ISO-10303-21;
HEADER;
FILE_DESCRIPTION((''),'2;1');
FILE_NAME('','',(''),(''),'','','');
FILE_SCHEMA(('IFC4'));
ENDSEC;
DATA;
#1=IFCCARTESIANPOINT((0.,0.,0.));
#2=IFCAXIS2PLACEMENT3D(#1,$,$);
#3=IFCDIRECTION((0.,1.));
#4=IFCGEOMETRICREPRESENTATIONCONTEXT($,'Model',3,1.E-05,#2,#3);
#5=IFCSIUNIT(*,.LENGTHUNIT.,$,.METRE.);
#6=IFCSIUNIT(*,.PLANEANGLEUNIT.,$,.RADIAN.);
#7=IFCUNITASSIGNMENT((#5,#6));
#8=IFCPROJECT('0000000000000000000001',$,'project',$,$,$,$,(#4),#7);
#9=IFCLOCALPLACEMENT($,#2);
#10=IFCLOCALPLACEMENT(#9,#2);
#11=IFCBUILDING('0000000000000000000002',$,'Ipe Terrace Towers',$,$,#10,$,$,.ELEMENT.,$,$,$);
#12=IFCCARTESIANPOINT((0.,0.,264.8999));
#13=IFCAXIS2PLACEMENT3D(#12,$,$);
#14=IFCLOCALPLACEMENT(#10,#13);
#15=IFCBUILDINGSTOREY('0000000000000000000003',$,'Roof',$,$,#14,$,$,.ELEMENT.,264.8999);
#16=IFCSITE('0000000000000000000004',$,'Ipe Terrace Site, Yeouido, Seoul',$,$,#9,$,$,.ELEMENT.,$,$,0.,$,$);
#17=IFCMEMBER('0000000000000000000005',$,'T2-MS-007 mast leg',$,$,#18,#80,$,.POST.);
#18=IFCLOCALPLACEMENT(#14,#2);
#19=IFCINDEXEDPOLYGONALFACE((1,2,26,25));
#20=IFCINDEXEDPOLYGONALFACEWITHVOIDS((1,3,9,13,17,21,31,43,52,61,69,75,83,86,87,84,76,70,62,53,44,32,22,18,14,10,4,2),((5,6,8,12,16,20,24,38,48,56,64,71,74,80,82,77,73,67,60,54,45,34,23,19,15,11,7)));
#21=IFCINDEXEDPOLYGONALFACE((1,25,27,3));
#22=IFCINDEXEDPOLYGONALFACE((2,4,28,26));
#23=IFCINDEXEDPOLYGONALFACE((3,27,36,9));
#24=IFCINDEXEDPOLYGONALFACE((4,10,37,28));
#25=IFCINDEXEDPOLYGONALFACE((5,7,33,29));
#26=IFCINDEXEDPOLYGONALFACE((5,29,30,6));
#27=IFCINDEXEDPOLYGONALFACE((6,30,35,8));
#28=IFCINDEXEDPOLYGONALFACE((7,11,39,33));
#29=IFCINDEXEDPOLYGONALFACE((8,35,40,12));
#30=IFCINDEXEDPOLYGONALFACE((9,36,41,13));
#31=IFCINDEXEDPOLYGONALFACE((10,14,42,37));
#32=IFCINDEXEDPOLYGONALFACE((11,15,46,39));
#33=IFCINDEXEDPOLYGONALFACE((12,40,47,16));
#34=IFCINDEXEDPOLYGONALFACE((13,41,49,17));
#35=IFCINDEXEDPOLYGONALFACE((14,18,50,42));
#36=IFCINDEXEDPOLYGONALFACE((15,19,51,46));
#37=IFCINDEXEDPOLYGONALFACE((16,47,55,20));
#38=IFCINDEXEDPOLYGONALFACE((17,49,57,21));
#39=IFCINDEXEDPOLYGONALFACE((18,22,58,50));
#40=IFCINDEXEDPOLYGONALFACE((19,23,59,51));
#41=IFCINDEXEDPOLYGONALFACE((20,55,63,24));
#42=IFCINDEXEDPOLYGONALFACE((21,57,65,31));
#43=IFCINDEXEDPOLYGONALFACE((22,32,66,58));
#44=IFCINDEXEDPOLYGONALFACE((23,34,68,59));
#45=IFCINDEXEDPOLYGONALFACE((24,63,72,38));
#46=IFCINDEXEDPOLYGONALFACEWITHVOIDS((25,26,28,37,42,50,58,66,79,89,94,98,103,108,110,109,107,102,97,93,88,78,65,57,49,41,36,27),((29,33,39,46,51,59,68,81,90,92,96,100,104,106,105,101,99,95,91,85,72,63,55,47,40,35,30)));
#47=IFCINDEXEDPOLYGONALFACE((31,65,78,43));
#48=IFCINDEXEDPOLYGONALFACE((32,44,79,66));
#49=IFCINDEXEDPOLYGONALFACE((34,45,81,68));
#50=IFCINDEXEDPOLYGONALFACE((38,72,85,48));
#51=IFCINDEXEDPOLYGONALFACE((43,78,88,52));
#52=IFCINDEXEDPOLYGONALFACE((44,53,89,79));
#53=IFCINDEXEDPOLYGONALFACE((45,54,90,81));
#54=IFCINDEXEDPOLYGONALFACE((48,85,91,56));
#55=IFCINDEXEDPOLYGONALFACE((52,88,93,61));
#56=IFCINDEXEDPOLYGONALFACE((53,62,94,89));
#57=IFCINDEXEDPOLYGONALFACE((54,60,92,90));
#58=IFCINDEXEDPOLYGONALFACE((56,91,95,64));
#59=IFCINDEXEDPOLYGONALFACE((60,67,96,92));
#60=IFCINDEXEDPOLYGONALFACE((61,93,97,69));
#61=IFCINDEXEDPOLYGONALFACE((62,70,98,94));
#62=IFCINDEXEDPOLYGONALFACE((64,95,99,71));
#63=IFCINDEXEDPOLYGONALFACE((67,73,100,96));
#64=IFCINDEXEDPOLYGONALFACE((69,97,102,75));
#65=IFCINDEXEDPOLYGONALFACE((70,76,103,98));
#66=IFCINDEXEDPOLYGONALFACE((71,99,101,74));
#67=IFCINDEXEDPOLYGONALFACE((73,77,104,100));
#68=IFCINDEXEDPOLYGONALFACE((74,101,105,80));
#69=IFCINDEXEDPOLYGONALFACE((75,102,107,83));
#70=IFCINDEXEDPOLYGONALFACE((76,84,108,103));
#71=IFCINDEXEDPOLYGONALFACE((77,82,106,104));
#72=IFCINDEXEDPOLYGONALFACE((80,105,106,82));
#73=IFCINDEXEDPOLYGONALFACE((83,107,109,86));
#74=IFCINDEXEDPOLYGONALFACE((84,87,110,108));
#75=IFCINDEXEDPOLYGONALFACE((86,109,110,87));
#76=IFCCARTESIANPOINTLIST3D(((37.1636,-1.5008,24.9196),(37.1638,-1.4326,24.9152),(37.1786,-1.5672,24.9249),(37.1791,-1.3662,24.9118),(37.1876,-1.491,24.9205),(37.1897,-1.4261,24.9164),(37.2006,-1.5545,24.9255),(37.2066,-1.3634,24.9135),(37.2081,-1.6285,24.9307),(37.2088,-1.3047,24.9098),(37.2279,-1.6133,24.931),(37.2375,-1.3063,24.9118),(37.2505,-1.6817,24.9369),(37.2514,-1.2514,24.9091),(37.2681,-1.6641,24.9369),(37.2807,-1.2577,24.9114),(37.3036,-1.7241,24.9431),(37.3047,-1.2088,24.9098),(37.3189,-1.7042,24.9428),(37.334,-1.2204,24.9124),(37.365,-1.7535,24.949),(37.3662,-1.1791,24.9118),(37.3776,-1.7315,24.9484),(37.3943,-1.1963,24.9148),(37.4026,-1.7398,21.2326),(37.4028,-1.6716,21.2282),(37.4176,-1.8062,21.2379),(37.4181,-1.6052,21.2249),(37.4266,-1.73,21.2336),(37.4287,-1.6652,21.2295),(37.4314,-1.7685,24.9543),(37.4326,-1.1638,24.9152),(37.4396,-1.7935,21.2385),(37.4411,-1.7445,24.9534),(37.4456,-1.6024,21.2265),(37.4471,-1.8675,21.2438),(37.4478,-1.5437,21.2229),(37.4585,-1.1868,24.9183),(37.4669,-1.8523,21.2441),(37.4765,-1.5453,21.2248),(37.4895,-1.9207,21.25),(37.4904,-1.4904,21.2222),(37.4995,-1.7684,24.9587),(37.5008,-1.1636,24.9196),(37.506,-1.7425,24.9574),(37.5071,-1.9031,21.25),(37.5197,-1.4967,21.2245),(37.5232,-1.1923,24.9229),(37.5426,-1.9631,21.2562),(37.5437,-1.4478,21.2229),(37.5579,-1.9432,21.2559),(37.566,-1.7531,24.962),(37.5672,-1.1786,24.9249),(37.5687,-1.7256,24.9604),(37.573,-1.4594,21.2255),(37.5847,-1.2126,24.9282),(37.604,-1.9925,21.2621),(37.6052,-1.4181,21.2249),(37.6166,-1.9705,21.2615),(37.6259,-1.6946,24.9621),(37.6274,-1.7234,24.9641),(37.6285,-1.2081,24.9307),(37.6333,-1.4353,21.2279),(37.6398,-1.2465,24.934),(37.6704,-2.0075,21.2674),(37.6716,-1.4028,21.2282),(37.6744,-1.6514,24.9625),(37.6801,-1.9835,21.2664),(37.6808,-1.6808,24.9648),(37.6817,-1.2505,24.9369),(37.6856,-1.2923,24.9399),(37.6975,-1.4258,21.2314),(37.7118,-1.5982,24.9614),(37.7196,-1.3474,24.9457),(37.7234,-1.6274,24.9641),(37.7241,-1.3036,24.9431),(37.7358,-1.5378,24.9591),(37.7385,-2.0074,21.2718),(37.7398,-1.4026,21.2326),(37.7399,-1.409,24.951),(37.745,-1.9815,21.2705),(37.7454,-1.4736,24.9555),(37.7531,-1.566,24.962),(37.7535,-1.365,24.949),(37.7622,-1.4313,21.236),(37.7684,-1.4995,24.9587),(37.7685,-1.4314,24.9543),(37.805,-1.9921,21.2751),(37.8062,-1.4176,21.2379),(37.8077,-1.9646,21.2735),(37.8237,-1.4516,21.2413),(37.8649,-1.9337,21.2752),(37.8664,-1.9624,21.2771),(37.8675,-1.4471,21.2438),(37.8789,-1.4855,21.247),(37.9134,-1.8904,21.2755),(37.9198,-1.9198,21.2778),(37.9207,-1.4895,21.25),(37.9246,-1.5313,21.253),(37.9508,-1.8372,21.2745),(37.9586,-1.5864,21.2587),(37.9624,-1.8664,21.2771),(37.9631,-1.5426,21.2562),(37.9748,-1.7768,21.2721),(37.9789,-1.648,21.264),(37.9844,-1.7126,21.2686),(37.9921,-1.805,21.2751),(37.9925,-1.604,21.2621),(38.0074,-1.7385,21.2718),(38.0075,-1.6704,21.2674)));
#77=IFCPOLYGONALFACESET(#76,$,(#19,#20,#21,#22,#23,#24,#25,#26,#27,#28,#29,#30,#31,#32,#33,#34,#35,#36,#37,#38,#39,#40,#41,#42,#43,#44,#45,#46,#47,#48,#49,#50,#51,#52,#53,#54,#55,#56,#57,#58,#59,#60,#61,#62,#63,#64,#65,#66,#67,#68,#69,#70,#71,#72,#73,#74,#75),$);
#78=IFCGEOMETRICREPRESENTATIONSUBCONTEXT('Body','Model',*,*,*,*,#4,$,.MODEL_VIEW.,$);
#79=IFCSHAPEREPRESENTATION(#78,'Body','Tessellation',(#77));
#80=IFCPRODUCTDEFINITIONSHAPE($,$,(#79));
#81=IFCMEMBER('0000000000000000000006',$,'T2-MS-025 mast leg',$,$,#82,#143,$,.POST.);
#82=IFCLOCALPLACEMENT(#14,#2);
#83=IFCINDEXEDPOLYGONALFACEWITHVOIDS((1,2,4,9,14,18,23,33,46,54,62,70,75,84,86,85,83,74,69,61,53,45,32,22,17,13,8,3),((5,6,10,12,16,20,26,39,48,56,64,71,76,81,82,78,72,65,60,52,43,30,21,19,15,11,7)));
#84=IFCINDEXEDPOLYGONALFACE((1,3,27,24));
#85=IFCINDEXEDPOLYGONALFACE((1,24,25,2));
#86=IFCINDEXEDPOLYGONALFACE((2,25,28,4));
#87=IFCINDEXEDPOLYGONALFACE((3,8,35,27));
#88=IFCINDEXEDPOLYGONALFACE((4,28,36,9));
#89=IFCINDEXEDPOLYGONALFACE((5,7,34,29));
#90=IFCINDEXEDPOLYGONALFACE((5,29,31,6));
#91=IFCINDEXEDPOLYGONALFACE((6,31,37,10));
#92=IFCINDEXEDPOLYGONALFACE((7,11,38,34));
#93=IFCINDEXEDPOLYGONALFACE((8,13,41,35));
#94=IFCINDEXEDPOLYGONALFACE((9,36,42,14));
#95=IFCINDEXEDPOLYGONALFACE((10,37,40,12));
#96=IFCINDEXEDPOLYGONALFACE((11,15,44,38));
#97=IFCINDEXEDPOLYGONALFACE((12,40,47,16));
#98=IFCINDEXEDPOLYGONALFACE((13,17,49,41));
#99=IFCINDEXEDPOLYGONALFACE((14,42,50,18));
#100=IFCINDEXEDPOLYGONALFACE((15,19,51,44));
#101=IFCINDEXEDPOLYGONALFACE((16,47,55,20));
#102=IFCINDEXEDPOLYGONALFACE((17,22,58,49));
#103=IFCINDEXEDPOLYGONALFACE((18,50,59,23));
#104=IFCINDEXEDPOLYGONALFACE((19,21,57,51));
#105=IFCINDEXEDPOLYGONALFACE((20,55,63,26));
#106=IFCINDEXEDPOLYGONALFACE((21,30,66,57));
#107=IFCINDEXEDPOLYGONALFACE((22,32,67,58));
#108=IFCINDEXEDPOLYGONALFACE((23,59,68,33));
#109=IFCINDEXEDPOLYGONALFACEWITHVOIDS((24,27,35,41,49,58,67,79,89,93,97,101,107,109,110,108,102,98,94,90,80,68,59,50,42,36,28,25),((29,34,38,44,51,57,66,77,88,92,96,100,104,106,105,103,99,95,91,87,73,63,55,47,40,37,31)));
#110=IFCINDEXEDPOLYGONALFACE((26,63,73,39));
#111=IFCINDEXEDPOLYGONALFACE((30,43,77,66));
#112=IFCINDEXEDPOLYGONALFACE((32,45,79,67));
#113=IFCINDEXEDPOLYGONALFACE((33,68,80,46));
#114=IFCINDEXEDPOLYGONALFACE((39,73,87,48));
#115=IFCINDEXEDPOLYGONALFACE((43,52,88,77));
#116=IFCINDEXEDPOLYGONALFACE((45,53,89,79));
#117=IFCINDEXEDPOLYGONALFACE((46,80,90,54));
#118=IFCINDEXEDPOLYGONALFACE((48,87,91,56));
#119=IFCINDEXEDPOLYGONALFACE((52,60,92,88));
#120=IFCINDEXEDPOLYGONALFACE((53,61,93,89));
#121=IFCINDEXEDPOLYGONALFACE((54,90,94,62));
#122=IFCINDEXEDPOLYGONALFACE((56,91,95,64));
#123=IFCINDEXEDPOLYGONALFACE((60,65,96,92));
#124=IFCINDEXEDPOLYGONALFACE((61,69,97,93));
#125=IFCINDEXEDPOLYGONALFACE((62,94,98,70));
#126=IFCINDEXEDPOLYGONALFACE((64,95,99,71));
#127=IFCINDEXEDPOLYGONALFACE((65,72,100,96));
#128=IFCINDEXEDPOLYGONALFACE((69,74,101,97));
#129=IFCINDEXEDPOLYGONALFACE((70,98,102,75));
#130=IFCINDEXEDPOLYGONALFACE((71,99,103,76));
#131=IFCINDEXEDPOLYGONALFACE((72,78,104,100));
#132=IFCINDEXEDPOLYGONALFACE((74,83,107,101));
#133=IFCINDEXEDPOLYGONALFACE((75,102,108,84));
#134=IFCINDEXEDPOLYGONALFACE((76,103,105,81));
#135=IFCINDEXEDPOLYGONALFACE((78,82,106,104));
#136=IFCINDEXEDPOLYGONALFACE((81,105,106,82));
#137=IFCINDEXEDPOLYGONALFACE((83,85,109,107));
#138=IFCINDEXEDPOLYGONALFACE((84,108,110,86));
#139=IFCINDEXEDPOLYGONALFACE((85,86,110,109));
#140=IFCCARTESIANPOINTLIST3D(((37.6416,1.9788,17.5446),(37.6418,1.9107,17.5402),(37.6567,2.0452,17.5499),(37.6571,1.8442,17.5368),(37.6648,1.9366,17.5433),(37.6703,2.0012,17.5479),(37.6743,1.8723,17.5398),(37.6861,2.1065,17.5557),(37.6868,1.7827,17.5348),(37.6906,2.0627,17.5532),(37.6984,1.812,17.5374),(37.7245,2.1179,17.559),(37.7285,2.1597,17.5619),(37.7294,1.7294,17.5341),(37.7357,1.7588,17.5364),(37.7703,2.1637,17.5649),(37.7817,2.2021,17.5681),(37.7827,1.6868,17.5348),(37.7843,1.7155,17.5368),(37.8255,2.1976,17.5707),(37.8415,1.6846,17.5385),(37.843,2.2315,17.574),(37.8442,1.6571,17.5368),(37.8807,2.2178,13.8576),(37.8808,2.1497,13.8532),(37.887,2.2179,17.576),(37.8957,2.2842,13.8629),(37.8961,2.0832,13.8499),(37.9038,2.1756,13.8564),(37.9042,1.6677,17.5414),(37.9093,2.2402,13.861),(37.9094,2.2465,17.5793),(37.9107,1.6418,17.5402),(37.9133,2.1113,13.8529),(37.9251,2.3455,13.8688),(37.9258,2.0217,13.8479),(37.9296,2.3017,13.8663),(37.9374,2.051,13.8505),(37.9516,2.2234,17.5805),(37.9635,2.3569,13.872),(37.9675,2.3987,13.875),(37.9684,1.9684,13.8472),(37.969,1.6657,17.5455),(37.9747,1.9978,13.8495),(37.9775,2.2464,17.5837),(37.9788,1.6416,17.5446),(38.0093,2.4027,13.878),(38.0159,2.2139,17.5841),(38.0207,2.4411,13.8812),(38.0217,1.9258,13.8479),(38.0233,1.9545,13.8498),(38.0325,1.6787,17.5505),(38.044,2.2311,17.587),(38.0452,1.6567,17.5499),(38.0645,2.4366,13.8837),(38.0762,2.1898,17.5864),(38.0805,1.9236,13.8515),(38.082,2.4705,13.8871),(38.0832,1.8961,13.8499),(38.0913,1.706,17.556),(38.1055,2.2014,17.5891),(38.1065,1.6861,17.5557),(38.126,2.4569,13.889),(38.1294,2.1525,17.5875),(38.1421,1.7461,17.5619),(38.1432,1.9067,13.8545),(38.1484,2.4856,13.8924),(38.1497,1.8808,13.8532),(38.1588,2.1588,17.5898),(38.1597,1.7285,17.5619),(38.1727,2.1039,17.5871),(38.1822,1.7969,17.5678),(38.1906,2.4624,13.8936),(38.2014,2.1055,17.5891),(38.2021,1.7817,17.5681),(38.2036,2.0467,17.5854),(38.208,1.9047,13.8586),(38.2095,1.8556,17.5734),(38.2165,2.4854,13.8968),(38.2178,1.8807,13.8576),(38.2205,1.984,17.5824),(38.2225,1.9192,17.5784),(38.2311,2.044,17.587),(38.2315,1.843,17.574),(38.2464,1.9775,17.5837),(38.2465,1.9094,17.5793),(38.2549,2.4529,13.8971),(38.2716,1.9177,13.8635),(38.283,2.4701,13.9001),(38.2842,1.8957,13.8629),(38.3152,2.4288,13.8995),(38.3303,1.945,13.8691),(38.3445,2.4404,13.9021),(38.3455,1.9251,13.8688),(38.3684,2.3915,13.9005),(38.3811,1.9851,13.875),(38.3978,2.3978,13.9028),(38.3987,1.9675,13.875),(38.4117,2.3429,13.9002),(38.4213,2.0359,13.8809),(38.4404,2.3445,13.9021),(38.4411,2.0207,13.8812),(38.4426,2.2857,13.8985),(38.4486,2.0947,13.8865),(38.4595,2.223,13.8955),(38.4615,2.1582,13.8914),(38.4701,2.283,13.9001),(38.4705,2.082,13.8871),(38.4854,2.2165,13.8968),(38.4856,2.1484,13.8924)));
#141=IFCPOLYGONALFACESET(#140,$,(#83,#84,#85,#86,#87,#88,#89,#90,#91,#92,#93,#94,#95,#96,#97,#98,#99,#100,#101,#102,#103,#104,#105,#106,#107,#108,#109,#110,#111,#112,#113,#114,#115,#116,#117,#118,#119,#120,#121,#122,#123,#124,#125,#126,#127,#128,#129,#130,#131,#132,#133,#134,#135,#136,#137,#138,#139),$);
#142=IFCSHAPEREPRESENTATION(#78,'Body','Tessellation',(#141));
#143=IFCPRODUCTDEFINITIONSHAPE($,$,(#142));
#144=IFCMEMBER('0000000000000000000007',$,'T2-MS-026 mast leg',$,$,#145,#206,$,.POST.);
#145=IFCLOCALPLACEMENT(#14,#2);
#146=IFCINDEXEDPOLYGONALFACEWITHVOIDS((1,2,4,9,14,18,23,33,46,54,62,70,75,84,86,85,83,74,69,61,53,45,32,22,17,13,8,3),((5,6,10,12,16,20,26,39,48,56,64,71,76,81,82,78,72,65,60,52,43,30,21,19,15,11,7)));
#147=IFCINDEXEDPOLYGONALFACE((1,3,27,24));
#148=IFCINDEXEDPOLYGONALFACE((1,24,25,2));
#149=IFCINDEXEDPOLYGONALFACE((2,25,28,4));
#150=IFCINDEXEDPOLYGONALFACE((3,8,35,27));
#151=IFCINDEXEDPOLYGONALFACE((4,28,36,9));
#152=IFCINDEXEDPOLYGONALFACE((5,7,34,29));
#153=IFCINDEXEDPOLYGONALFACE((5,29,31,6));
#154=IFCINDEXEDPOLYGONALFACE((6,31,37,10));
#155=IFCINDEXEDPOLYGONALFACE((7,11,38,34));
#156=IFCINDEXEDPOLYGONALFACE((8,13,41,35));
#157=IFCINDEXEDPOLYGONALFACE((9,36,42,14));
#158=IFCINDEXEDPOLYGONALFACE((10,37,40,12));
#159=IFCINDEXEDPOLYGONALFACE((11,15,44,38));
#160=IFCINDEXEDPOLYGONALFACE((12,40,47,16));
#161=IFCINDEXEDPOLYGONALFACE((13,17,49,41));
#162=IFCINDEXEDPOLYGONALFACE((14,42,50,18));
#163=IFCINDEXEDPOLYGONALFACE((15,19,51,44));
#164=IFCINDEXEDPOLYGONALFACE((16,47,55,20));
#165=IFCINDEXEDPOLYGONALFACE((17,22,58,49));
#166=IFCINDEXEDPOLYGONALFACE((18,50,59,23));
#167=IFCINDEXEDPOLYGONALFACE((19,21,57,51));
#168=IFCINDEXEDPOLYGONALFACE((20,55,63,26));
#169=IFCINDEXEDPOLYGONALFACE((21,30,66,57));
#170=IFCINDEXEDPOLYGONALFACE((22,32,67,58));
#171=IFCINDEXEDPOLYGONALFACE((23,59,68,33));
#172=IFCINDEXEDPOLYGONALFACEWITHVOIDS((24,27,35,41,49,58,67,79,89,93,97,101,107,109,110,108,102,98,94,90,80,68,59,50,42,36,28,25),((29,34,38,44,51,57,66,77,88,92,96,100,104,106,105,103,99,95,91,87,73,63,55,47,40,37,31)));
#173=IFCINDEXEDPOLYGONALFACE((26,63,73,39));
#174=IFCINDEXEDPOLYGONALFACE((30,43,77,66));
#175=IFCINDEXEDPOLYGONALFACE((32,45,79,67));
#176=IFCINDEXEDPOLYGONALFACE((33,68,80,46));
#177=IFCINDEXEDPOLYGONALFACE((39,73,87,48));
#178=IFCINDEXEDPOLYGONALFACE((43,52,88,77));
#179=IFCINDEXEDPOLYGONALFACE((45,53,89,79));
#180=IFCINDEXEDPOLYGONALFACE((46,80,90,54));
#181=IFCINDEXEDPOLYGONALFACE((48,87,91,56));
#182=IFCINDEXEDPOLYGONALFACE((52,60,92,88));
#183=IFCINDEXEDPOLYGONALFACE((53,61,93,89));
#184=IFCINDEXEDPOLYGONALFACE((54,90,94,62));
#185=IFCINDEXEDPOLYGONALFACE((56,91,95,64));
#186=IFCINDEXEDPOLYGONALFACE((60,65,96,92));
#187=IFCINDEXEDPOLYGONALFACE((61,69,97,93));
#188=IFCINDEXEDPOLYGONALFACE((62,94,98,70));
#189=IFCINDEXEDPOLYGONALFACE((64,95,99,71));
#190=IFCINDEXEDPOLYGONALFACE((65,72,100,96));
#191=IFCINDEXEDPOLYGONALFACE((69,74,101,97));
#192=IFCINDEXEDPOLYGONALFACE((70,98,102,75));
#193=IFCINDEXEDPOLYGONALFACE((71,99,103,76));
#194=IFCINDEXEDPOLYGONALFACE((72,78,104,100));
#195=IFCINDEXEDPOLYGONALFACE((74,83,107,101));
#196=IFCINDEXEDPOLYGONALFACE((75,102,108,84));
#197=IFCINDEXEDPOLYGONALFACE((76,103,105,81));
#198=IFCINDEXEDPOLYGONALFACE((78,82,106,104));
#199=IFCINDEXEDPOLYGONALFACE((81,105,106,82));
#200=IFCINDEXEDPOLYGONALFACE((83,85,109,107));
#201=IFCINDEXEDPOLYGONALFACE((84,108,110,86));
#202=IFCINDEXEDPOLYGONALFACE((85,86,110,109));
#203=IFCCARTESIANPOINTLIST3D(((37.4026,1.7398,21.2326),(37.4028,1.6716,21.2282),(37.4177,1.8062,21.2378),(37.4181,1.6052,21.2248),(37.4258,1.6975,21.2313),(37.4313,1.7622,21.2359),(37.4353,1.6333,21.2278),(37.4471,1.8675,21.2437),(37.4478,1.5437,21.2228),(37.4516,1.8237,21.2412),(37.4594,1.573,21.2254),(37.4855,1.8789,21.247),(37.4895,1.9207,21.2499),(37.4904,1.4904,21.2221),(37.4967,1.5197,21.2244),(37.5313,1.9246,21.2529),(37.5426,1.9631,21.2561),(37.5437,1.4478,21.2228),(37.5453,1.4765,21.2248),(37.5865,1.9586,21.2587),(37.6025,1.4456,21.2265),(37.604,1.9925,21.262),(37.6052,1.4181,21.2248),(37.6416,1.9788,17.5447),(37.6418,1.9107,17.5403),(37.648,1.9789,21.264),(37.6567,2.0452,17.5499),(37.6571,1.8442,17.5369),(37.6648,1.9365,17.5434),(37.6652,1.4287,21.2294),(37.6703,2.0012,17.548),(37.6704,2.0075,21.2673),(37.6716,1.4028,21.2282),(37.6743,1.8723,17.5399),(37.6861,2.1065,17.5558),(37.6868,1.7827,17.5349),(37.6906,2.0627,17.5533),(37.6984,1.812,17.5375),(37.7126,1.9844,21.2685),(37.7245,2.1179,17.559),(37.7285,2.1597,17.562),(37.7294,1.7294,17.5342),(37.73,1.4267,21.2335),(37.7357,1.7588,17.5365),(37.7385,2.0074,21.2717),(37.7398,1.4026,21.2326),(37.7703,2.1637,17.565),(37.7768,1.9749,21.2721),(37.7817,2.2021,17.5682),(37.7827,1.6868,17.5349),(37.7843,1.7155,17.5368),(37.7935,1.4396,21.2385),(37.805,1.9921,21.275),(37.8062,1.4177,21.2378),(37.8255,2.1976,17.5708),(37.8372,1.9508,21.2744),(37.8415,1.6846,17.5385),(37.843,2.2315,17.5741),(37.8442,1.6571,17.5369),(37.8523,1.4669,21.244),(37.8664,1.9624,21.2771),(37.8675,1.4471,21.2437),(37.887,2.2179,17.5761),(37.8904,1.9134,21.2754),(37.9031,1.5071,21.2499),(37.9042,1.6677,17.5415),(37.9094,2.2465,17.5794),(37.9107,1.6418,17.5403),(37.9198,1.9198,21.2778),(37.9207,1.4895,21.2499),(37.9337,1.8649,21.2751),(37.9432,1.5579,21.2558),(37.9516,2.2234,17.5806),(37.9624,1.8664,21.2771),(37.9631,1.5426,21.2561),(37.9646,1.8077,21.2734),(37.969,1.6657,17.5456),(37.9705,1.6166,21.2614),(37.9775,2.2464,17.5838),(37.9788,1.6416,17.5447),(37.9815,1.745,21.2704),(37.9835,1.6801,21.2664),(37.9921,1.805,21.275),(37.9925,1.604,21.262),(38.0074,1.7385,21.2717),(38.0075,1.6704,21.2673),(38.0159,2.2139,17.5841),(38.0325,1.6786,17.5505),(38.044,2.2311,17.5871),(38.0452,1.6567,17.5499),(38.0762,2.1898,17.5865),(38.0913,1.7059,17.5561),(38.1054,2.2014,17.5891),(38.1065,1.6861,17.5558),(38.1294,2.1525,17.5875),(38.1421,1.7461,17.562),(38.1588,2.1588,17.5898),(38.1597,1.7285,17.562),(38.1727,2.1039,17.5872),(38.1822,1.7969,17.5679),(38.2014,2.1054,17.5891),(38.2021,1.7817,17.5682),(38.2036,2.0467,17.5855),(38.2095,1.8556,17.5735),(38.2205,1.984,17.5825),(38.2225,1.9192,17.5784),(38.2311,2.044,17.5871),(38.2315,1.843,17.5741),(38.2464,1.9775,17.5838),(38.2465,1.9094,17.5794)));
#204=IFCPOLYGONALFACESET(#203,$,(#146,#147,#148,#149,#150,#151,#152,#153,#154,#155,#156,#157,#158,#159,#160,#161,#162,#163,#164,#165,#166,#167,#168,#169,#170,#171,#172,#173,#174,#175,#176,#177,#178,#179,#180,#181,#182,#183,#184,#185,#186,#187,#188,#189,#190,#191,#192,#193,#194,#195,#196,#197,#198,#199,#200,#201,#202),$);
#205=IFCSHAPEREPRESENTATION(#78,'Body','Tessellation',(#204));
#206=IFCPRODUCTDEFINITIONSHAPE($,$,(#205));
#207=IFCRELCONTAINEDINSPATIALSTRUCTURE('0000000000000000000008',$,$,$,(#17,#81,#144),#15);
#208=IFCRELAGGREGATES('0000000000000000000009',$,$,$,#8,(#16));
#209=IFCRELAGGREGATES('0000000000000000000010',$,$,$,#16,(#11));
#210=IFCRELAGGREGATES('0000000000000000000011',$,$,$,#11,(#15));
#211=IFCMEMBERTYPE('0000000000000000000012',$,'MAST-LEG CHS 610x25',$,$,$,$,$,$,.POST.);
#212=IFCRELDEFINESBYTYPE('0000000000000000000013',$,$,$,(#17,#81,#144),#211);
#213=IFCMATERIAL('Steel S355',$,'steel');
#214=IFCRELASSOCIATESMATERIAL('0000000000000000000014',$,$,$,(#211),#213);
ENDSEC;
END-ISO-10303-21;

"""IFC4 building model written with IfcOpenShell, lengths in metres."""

from ifc_helpers import new_model, si_unit, direction, frame, origin, origin_2d, place, context, subcontext, project, spatial, hollow_circle, extrude, material, material_profile, profile_set, type_object, element, save


model = new_model("IFC4")

# Units and contexts
model_context = context("Model", 3, precision=1e-05, world=origin(), true_north=direction((0.0, 1.0)))
body_context = subcontext(model_context, "Body", "Model", "MODEL_VIEW")
ifc_project = project(units=[si_unit("LENGTHUNIT", "METRE"), si_unit("PLANEANGLEUNIT", "RADIAN")], contexts=[model_context])

# Site, building, storey
site_placement = place(None, origin())
site = spatial("IfcSite", under=ifc_project, at=site_placement, Name="Ipe Terrace Site, Yeouido, Seoul", CompositionType="ELEMENT", RefElevation=0.0)
building_placement = place(site_placement, origin())
building = spatial("IfcBuilding", under=site, at=building_placement, Name="Ipe Terrace Towers", CompositionType="ELEMENT")
storey_placement = place(building_placement, frame((0.0, 0.0, 264.8999)))
storey = spatial("IfcBuildingStorey", under=building, at=storey_placement, Name="Roof", CompositionType="ELEMENT", Elevation=264.8999)

# Members
ifc_material_1 = material(Name="Steel S355", Category="steel")
ifc_material_profile_1 = material_profile(ifc_material_1, hollow_circle(Radius=0.3049, WallThickness=0.0249, at=origin_2d()), Name="MAST-LEG CHS 610x25")
ifc_profile_set_1 = profile_set([ifc_material_profile_1], Name="Steel S355")
member_type_1 = type_object("IfcMemberType", Name="MAST-LEG CHS 610x25", PredefinedType="POST", material=ifc_profile_set_1)
for number, where, z_axis, x_axis, name in (
    (1, (37.7051, -1.7051, 21.25), (-0.064555, 0.064555, 0.995824), (-0.707107, -0.707107, 0.0), "T2-MS-007 mast leg"),
    (2, (38.1831, 2.1831, 13.875), (-0.064555, -0.064555, 0.995824), (0.707107, -0.707107, 0.0), "T2-MS-025 mast leg"),
):
    element("IfcMember", number, at=place(storey_placement, frame(where, z_axis=z_axis, x_axis=x_axis)), inside=storey, type_object=member_type_1, Name=name, PredefinedType="POST", context=body_context, shape_type="SweptSolid", body=[
        extrude(hollow_circle(Radius=0.3049, WallThickness=0.0249, at=origin_2d()), origin(), (0.0, 0.0, 1.0), 3.7024),
    ])
member_1_placement = place(storey_placement, frame((37.9441, 1.9441, 17.562), z_axis=(-0.064538, -0.064538, 0.995826), x_axis=(0.707107, -0.707107, 0.0)))
element("IfcMember", 3, at=member_1_placement, inside=storey, type_object=member_type_1, Name="T2-MS-026 mast leg", PredefinedType="POST", context=body_context, shape_type="SweptSolid", body=[
    extrude(hollow_circle(Radius=0.3049, WallThickness=0.0249, at=origin_2d()), origin(), (0.0, 0.0, 1.0), 3.7034),
])

save(model, "model.ifc")
